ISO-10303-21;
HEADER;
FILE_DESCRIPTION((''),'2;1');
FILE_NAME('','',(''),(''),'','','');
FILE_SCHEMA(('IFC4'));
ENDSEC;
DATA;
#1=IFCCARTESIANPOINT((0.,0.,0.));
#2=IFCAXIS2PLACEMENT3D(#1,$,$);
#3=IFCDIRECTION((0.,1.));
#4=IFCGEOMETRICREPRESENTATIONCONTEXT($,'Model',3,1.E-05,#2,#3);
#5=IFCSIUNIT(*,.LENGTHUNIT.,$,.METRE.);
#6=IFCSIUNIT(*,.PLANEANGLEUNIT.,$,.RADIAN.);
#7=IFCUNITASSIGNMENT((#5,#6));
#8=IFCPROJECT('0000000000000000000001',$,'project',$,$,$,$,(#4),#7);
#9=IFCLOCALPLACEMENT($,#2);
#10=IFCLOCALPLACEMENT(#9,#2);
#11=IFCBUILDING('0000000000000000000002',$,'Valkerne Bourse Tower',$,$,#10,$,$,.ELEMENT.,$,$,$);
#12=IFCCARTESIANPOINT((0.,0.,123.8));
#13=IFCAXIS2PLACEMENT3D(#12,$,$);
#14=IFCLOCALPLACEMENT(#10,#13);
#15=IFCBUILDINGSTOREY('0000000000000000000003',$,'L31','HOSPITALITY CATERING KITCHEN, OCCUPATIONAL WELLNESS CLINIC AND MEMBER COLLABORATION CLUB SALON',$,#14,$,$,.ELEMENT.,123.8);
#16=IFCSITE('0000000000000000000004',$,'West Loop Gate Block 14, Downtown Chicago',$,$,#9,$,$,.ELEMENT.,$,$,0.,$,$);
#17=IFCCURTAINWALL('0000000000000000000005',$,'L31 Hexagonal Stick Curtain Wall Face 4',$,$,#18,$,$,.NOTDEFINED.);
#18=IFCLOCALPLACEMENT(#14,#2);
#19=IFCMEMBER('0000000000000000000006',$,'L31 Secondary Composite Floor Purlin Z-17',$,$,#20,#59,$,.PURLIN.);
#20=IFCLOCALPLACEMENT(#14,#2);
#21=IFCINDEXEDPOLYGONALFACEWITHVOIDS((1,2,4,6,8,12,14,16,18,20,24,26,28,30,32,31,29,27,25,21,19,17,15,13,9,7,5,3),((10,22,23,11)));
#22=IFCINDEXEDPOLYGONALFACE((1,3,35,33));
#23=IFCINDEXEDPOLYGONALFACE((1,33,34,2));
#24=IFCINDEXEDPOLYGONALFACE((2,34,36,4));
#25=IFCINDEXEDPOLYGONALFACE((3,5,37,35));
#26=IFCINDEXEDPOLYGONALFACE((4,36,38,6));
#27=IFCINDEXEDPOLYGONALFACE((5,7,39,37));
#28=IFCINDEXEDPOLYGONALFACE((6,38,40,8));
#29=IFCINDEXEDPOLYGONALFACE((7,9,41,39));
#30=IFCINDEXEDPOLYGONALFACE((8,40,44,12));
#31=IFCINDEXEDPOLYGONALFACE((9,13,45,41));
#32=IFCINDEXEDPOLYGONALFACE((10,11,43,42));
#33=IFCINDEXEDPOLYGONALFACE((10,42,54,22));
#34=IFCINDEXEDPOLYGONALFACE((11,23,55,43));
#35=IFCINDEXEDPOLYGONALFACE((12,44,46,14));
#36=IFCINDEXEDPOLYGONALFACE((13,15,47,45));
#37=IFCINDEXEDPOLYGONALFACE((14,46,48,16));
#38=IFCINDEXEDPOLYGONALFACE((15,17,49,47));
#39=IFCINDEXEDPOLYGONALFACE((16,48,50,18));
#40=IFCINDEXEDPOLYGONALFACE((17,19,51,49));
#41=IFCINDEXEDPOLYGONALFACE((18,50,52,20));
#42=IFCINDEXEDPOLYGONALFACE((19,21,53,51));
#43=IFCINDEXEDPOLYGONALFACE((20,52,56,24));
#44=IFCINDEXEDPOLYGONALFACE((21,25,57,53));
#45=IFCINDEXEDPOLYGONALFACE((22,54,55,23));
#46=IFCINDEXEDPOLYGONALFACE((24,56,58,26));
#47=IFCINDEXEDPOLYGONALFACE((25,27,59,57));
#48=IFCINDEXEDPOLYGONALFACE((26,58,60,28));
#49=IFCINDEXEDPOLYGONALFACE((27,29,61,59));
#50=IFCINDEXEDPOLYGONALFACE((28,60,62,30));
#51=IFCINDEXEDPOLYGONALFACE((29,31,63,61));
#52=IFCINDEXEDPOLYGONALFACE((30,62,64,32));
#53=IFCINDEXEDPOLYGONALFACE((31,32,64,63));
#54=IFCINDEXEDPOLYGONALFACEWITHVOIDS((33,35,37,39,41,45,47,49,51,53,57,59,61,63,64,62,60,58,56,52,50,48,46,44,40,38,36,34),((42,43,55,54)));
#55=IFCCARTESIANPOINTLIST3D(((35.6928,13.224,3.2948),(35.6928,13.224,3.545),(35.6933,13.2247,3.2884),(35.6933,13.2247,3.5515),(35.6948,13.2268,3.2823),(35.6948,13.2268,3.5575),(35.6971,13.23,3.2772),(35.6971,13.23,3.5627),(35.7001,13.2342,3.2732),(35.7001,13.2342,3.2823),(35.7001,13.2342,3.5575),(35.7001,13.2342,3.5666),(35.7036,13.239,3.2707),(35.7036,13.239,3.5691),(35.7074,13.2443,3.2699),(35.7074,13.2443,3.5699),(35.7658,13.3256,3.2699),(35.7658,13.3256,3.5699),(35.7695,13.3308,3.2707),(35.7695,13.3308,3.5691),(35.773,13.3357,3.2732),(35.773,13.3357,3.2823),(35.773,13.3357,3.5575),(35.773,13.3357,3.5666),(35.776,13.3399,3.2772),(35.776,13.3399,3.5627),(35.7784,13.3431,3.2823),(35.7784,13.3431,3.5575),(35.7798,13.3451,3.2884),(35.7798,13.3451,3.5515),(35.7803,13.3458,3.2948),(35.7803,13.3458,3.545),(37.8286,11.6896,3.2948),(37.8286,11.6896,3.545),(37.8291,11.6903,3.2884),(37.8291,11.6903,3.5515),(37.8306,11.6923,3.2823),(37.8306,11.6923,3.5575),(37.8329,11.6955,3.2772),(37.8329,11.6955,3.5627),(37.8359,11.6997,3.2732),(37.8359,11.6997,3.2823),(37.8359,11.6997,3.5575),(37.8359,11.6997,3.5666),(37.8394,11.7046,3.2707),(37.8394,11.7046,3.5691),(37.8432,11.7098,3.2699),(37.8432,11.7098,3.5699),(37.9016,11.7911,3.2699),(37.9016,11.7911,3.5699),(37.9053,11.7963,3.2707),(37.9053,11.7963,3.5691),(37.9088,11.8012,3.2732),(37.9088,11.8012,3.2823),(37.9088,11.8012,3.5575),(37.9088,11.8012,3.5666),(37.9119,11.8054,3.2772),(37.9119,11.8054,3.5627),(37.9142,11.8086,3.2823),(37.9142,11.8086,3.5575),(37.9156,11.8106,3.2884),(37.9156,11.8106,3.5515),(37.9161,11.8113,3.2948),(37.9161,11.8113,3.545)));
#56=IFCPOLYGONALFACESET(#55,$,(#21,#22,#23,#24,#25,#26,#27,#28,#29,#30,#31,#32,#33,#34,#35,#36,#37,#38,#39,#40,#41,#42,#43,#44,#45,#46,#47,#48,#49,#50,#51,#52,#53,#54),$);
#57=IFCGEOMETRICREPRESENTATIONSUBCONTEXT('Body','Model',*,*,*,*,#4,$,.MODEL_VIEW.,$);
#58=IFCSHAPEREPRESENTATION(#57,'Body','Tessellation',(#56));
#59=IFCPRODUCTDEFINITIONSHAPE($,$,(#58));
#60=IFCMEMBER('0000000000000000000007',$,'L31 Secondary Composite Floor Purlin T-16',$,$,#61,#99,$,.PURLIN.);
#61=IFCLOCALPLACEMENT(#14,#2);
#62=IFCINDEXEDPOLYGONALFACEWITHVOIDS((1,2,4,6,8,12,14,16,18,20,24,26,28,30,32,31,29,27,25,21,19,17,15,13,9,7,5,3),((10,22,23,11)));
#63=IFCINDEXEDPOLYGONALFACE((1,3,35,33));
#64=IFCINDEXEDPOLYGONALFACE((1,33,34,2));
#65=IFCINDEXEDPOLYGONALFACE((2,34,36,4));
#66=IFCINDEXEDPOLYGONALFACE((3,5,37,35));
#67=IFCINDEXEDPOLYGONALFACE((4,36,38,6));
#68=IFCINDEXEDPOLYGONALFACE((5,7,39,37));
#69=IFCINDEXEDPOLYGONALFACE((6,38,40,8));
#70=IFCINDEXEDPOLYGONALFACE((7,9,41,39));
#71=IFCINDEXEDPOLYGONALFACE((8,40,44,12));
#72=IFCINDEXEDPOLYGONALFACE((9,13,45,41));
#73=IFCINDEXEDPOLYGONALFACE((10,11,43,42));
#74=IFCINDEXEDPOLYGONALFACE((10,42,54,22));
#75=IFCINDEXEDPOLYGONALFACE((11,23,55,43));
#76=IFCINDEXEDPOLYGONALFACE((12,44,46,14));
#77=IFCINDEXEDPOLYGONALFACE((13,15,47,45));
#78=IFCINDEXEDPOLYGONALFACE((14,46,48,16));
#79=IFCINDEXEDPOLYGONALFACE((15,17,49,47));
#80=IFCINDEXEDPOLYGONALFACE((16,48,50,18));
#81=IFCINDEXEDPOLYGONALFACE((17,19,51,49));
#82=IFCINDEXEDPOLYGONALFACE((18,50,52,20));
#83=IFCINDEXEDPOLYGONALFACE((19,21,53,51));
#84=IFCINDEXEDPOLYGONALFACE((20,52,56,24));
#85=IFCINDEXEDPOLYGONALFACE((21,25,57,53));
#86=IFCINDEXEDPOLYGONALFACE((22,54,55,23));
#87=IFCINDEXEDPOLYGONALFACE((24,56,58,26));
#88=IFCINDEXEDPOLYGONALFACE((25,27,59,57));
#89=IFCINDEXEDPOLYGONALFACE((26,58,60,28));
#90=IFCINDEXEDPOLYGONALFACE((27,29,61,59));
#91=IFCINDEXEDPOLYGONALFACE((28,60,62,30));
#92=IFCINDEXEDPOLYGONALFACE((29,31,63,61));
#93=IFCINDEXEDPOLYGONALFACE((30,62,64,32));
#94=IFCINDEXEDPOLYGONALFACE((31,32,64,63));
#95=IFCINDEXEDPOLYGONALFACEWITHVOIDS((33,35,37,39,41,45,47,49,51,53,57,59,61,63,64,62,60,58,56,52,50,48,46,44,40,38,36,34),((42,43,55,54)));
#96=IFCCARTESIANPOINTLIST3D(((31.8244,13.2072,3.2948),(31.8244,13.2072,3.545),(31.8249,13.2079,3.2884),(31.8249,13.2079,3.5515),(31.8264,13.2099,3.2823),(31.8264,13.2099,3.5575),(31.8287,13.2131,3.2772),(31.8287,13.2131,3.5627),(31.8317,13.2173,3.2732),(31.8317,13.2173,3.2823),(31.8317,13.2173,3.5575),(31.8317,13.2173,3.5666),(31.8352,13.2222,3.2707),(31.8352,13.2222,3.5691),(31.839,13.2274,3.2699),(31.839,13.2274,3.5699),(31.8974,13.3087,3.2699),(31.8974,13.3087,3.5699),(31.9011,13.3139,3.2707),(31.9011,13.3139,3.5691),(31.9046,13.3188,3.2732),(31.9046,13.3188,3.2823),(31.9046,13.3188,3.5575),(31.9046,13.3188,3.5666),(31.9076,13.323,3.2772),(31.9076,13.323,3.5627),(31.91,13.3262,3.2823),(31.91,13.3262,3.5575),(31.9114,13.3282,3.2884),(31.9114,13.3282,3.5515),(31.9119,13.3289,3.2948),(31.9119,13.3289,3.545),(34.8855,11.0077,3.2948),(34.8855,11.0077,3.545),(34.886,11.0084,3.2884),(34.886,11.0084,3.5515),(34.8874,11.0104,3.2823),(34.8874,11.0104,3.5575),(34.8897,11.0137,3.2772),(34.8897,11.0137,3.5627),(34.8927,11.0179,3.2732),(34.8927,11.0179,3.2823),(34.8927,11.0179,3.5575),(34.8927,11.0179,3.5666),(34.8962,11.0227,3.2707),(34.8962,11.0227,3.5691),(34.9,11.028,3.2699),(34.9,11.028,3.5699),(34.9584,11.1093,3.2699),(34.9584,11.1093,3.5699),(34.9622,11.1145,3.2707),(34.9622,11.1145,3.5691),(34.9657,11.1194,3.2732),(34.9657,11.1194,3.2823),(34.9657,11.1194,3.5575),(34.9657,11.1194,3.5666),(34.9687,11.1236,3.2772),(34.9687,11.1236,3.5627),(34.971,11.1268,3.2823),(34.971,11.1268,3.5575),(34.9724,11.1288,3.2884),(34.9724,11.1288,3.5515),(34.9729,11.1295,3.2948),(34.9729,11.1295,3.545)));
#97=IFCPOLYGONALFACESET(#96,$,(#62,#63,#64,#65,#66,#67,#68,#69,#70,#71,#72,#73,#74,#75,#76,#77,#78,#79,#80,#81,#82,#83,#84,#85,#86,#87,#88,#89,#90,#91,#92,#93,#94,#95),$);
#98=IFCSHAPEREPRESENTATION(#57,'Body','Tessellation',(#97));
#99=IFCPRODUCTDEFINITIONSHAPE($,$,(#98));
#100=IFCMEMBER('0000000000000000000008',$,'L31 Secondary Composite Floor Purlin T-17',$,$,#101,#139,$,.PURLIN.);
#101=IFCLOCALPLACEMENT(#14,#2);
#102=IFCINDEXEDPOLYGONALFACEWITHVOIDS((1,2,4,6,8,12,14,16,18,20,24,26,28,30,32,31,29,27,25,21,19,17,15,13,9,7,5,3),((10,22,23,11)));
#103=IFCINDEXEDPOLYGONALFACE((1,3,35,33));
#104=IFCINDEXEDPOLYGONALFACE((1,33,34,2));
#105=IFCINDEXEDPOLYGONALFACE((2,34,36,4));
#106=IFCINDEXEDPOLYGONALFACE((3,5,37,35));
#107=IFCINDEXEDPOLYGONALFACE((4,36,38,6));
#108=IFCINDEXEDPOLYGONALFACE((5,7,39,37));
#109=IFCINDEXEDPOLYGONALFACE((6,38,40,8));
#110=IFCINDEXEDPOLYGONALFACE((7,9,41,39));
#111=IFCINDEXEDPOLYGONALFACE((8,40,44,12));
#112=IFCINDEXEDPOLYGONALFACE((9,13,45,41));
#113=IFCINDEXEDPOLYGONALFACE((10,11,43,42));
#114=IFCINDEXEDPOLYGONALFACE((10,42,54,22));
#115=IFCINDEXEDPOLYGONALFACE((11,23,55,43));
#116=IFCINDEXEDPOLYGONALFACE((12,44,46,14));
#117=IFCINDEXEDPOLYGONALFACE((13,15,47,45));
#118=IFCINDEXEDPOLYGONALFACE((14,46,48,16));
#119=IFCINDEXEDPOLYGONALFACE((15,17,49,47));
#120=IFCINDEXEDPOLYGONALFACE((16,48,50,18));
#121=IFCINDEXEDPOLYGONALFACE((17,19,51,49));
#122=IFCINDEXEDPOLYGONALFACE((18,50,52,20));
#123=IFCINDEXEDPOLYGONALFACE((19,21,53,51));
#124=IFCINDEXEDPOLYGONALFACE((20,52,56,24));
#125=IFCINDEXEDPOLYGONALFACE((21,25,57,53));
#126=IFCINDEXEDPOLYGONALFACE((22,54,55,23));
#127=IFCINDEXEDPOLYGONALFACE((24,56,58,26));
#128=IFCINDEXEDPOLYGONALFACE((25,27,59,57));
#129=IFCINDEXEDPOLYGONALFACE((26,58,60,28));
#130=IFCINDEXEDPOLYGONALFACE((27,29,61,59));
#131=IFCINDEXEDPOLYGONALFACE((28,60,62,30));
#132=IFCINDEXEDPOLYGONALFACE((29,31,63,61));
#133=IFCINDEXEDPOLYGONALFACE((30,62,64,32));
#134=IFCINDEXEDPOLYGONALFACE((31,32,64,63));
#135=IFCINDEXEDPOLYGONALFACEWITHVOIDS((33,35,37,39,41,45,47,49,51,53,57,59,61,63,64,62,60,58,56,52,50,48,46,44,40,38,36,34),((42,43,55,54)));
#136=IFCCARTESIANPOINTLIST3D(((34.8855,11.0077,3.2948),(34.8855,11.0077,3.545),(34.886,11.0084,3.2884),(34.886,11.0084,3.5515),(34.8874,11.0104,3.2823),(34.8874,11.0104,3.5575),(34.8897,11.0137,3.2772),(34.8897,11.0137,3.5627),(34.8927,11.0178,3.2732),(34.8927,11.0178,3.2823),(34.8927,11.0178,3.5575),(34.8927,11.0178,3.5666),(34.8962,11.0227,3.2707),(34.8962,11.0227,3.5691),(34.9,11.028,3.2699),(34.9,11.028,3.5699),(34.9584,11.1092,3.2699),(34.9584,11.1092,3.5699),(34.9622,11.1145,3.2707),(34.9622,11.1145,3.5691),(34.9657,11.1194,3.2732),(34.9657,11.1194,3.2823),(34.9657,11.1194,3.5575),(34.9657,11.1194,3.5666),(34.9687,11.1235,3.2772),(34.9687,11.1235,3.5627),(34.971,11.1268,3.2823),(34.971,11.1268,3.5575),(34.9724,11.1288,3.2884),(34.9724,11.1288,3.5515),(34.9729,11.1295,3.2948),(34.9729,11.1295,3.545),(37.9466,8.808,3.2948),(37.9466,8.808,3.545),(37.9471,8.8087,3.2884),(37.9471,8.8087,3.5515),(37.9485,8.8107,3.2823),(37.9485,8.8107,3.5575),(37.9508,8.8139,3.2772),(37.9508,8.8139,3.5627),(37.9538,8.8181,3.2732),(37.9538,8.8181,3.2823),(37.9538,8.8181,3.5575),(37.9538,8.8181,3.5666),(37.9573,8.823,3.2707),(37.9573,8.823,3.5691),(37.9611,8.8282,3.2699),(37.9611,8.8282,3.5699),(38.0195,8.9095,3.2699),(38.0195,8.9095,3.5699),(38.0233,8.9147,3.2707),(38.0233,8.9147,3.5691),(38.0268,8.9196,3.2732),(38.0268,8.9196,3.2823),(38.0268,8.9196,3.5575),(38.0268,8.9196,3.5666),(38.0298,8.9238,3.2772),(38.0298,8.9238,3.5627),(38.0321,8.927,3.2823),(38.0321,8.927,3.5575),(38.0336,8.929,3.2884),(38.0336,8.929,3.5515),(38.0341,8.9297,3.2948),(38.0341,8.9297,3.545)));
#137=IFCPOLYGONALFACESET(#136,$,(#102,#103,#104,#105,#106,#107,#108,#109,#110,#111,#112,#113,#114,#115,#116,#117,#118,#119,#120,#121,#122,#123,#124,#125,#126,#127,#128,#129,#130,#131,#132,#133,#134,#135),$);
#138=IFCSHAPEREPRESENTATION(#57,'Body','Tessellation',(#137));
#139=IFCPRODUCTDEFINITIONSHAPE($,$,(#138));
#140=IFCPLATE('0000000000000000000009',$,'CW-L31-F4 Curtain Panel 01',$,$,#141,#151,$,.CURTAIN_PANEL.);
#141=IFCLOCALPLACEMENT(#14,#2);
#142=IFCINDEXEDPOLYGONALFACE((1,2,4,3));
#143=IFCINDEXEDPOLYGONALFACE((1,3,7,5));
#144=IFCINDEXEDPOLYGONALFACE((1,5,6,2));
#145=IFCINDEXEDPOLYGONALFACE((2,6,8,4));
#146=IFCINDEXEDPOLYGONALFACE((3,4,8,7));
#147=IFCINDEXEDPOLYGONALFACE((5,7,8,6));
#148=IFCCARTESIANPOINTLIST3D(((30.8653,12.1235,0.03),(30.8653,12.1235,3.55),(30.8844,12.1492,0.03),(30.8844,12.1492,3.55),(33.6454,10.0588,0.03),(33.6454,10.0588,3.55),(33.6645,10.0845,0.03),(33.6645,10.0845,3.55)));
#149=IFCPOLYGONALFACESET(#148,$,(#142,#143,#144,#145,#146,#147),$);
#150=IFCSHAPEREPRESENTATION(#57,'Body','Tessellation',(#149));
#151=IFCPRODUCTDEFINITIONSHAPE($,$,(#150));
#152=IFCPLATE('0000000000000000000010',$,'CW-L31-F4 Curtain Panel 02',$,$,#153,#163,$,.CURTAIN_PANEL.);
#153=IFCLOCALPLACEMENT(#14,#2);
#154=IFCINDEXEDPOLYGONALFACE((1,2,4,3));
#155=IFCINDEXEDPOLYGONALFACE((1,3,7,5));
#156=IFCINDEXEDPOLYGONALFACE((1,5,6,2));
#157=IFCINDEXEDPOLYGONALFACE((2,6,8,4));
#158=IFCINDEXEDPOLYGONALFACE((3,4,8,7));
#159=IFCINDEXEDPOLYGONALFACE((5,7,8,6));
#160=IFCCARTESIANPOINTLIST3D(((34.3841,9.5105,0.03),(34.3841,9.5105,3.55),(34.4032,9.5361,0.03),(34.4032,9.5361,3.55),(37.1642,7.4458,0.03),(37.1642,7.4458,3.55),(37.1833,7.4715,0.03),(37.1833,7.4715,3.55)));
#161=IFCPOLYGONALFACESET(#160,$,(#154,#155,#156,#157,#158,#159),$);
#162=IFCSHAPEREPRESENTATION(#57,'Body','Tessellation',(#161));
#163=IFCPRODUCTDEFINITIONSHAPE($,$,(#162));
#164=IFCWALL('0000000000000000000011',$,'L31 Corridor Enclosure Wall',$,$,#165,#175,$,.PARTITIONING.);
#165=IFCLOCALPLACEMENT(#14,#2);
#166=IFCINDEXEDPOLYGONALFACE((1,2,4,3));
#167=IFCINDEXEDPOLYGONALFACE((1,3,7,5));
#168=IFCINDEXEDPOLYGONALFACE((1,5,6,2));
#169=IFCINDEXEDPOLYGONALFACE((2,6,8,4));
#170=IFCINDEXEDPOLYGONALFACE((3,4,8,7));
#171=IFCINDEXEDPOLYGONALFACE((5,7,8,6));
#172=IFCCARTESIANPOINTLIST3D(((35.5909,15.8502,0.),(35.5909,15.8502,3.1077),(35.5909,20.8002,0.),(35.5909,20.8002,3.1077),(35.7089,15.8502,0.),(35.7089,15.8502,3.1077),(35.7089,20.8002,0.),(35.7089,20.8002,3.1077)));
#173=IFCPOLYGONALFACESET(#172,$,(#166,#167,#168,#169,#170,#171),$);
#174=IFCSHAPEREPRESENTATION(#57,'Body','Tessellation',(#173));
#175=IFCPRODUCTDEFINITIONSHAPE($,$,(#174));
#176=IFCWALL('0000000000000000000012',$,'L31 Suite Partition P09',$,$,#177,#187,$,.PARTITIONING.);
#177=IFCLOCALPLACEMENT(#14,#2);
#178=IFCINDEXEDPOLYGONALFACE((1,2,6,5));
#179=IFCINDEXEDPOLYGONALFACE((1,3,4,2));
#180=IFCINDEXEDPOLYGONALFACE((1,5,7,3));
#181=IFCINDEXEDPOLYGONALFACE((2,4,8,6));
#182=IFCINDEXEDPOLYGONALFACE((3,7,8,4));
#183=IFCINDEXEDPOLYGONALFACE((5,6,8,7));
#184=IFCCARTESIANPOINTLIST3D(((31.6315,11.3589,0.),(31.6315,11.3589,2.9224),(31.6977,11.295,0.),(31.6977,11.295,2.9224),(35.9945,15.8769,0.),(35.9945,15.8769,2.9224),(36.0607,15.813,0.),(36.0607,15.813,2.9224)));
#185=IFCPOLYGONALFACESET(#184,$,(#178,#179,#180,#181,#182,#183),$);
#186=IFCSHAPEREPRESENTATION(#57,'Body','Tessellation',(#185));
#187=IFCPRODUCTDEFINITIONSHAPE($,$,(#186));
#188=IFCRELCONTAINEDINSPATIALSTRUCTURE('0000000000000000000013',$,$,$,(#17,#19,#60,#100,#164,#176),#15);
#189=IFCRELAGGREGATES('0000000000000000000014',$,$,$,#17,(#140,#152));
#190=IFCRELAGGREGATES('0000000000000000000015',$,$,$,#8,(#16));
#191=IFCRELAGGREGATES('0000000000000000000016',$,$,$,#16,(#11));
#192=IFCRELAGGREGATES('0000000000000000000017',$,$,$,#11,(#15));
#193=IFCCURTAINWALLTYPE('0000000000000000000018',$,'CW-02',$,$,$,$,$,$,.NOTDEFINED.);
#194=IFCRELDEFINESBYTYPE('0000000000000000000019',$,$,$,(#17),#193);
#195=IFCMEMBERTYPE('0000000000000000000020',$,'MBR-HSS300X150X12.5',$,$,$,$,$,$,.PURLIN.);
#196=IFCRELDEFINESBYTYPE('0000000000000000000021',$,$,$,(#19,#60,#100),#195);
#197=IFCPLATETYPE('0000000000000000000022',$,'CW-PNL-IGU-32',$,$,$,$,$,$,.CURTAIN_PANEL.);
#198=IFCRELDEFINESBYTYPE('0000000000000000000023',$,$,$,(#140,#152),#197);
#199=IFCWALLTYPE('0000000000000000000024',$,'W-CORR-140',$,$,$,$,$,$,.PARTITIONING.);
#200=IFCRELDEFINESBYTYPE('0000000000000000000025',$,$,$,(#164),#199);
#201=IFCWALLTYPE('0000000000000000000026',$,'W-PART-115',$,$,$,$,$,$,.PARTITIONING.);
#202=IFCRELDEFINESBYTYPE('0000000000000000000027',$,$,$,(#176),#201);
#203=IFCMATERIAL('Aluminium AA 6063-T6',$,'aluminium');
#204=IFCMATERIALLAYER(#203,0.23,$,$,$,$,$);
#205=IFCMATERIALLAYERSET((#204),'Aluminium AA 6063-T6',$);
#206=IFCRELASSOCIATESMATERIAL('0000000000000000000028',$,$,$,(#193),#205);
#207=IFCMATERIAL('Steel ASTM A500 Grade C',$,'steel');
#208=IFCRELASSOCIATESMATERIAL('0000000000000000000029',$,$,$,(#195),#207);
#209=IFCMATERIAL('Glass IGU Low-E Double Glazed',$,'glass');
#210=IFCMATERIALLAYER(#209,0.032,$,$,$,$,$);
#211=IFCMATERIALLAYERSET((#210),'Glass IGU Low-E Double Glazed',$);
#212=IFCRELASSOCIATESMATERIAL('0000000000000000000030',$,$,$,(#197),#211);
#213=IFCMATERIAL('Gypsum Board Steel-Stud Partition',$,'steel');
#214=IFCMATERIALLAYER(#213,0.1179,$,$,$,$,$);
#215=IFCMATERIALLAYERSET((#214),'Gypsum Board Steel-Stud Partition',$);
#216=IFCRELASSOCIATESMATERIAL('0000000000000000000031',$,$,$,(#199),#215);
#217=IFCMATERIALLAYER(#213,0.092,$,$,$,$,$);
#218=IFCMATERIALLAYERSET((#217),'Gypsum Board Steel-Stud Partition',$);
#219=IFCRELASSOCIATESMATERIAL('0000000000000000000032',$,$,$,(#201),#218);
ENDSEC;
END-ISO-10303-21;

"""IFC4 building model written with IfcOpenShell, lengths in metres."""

from ifc_helpers import new_model, si_unit, direction, frame, frame_2d, origin, origin_2d, place, context, subcontext, project, spatial, rectangle, hollow_rectangle, extrude, material, layer, layer_set, material_profile, profile_set, type_object, element, aggregate, save


model = new_model("IFC4")

# Units and contexts
model_context = context("Model", 3, precision=1e-05, world=origin(), true_north=direction((0.0, 1.0)))
body_context = subcontext(model_context, "Body", "Model", "MODEL_VIEW")
ifc_project = project(units=[si_unit("LENGTHUNIT", "METRE"), si_unit("PLANEANGLEUNIT", "RADIAN")], contexts=[model_context])

# Site, building, storey
site_placement = place(None, origin())
site = spatial("IfcSite", under=ifc_project, at=site_placement, Name="West Loop Gate Block 14, Downtown Chicago", CompositionType="ELEMENT", RefElevation=0.0)
building_placement = place(site_placement, origin())
building = spatial("IfcBuilding", under=site, at=building_placement, Name="Valkerne Bourse Tower", CompositionType="ELEMENT")
storey_placement = place(building_placement, frame((0.0, 0.0, 123.8)))
storey = spatial("IfcBuildingStorey", under=building, at=storey_placement, Name="L31", Description="HOSPITALITY CATERING KITCHEN, OCCUPATIONAL WELLNESS CLINIC AND MEMBER COLLABORATION CLUB SALON", CompositionType="ELEMENT", Elevation=123.8)

# Curtain wall
ifc_material_1 = material(Name="Aluminium AA 6063-T6", Category="aluminium")
ifc_layer_1 = layer(ifc_material_1, 0.23)
ifc_layer_set_1 = layer_set([ifc_layer_1], Name="Aluminium AA 6063-T6")
curtain_wall_type = type_object("IfcCurtainWallType", Name="CW-02", PredefinedType="NOTDEFINED", material=ifc_layer_set_1)
curtain_wall_placement = place(storey_placement, origin())
curtain_wall = element("IfcCurtainWall", 1, at=curtain_wall_placement, inside=storey, type_object=curtain_wall_type, Name="L31 Hexagonal Stick Curtain Wall Face 4", PredefinedType="NOTDEFINED")

# Members
ifc_material_2 = material(Name="Steel ASTM A500 Grade C", Category="steel")
ifc_material_profile_1 = material_profile(ifc_material_2, hollow_rectangle(XDim=0.1499, YDim=0.3, WallThickness=0.0125, OuterFilletRadius=0.0249, at=origin_2d()), Name="HSS300X150X12.5")
ifc_profile_set_1 = profile_set([ifc_material_profile_1], Name="Steel ASTM A500 Grade C")
member_type_1 = type_object("IfcMemberType", Name="MBR-HSS300X150X12.5", PredefinedType="PURLIN", material=ifc_profile_set_1)
member_1_placement = place(storey_placement, frame((35.7366, 13.2849, 3.4199), z_axis=(0.812131, -0.583475, 0.0), x_axis=(0.583475, 0.812131, 0.0)))
element("IfcMember", 2, at=member_1_placement, inside=storey, type_object=member_type_1, Name="L31 Secondary Composite Floor Purlin Z-17", PredefinedType="PURLIN", context=body_context, shape_type="SweptSolid", body=[
    extrude(hollow_rectangle(XDim=0.1499, YDim=0.3, WallThickness=0.0125, OuterFilletRadius=0.0249, at=origin_2d()), origin(), (0.0, 0.0, 1.0), 2.6299),
])
member_2_placement = place(storey_placement, frame((31.8682, 13.2681, 3.4199), z_axis=(0.812098, -0.583521, 0.0), x_axis=(0.583521, 0.812098, 0.0)))
element("IfcMember", 3, at=member_2_placement, inside=storey, type_object=member_type_1, Name="L31 Secondary Composite Floor Purlin T-16", PredefinedType="PURLIN", context=body_context, shape_type="SweptSolid", body=[
    extrude(hollow_rectangle(XDim=0.1499, YDim=0.3, WallThickness=0.0125, OuterFilletRadius=0.0249, at=origin_2d()), origin(), (0.0, 0.0, 1.0), 3.7693),
])
member_3_placement = place(storey_placement, frame((34.9292, 11.0686, 3.4199), z_axis=(0.812067, -0.583564, 0.0), x_axis=(0.583564, 0.812067, 0.0)))
element("IfcMember", 4, at=member_3_placement, inside=storey, type_object=member_type_1, Name="L31 Secondary Composite Floor Purlin T-17", PredefinedType="PURLIN", context=body_context, shape_type="SweptSolid", body=[
    extrude(hollow_rectangle(XDim=0.1499, YDim=0.3, WallThickness=0.0125, OuterFilletRadius=0.0249, at=origin_2d()), origin(), (0.0, 0.0, 1.0), 3.7695),
])

# Plates
ifc_material_3 = material(Name="Glass IGU Low-E Double Glazed", Category="glass")
ifc_layer_2 = layer(ifc_material_3, 0.032)
ifc_layer_set_2 = layer_set([ifc_layer_2], Name="Glass IGU Low-E Double Glazed")
plate_type = type_object("IfcPlateType", Name="CW-PNL-IGU-32", PredefinedType="CURTAIN_PANEL", material=ifc_layer_set_2)
plate_1_placement = place(storey_placement, frame((32.2649, 11.104, 0.03), z_axis=(0.0, 0.0, 1.0), x_axis=(0.802817, -0.596226, 0.0)))
plate_1 = element("IfcPlate", 5, at=plate_1_placement, type_object=plate_type, Name="CW-L31-F4 Curtain Panel 01", PredefinedType="CURTAIN_PANEL", context=body_context, shape_type="SweptSolid", body=[
    extrude(rectangle(XDim=3.4629, YDim=0.032, at=origin_2d()), origin(), (0.0, 0.0, 1.0), 3.52),
])
plate_2_placement = place(storey_placement, frame((35.7837, 8.491, 0.03), z_axis=(0.0, 0.0, 1.0), x_axis=(0.802819, -0.596222, 0.0)))
plate_2 = element("IfcPlate", 6, at=plate_2_placement, type_object=plate_type, Name="CW-L31-F4 Curtain Panel 02", PredefinedType="CURTAIN_PANEL", context=body_context, shape_type="SweptSolid", body=[
    extrude(rectangle(XDim=3.4629, YDim=0.032, at=origin_2d()), origin(), (0.0, 0.0, 1.0), 3.52),
])
aggregate(curtain_wall, [plate_1, plate_2])

# Walls
ifc_material_4 = material(Name="Gypsum Board Steel-Stud Partition", Category="steel")
ifc_layer_3 = layer(ifc_material_4, 0.1179)
ifc_layer_set_3 = layer_set([ifc_layer_3], Name="Gypsum Board Steel-Stud Partition")
wall_type_1 = type_object("IfcWallType", Name="W-CORR-140", PredefinedType="PARTITIONING", material=ifc_layer_set_3)
wall_1_placement = place(storey_placement, frame((35.6499, 15.8501, 0.0), z_axis=(0.0, 0.0, 1.0), x_axis=(0.0, 1.0, 0.0)))
element("IfcWall", 7, at=wall_1_placement, inside=storey, type_object=wall_type_1, Name="L31 Corridor Enclosure Wall", PredefinedType="PARTITIONING", context=body_context, shape_type="SweptSolid", body=[
    extrude(rectangle(XDim=4.95, YDim=0.1179, at=frame_2d((2.4751, 0.0))), origin(), (0.0, 0.0, 1.0), 3.1077),
])
ifc_layer_4 = layer(ifc_material_4, 0.092)
ifc_layer_set_4 = layer_set([ifc_layer_4], Name="Gypsum Board Steel-Stud Partition")
wall_type_2 = type_object("IfcWallType", Name="W-PART-115", PredefinedType="PARTITIONING", material=ifc_layer_set_4)
wall_2_placement = place(storey_placement, frame((36.0276, 15.845, 0.0), z_axis=(0.0, 0.0, 1.0), x_axis=(-0.694658, -0.719341, 0.0)))
element("IfcWall", 8, at=wall_2_placement, inside=storey, type_object=wall_type_2, Name="L31 Suite Partition P09", PredefinedType="PARTITIONING", context=body_context, shape_type="SweptSolid", body=[
    extrude(rectangle(XDim=6.2808, YDim=0.092, at=frame_2d((3.1404, 0.0))), origin(), (0.0, 0.0, 1.0), 2.9224),
])

save(model, "model.ifc")
